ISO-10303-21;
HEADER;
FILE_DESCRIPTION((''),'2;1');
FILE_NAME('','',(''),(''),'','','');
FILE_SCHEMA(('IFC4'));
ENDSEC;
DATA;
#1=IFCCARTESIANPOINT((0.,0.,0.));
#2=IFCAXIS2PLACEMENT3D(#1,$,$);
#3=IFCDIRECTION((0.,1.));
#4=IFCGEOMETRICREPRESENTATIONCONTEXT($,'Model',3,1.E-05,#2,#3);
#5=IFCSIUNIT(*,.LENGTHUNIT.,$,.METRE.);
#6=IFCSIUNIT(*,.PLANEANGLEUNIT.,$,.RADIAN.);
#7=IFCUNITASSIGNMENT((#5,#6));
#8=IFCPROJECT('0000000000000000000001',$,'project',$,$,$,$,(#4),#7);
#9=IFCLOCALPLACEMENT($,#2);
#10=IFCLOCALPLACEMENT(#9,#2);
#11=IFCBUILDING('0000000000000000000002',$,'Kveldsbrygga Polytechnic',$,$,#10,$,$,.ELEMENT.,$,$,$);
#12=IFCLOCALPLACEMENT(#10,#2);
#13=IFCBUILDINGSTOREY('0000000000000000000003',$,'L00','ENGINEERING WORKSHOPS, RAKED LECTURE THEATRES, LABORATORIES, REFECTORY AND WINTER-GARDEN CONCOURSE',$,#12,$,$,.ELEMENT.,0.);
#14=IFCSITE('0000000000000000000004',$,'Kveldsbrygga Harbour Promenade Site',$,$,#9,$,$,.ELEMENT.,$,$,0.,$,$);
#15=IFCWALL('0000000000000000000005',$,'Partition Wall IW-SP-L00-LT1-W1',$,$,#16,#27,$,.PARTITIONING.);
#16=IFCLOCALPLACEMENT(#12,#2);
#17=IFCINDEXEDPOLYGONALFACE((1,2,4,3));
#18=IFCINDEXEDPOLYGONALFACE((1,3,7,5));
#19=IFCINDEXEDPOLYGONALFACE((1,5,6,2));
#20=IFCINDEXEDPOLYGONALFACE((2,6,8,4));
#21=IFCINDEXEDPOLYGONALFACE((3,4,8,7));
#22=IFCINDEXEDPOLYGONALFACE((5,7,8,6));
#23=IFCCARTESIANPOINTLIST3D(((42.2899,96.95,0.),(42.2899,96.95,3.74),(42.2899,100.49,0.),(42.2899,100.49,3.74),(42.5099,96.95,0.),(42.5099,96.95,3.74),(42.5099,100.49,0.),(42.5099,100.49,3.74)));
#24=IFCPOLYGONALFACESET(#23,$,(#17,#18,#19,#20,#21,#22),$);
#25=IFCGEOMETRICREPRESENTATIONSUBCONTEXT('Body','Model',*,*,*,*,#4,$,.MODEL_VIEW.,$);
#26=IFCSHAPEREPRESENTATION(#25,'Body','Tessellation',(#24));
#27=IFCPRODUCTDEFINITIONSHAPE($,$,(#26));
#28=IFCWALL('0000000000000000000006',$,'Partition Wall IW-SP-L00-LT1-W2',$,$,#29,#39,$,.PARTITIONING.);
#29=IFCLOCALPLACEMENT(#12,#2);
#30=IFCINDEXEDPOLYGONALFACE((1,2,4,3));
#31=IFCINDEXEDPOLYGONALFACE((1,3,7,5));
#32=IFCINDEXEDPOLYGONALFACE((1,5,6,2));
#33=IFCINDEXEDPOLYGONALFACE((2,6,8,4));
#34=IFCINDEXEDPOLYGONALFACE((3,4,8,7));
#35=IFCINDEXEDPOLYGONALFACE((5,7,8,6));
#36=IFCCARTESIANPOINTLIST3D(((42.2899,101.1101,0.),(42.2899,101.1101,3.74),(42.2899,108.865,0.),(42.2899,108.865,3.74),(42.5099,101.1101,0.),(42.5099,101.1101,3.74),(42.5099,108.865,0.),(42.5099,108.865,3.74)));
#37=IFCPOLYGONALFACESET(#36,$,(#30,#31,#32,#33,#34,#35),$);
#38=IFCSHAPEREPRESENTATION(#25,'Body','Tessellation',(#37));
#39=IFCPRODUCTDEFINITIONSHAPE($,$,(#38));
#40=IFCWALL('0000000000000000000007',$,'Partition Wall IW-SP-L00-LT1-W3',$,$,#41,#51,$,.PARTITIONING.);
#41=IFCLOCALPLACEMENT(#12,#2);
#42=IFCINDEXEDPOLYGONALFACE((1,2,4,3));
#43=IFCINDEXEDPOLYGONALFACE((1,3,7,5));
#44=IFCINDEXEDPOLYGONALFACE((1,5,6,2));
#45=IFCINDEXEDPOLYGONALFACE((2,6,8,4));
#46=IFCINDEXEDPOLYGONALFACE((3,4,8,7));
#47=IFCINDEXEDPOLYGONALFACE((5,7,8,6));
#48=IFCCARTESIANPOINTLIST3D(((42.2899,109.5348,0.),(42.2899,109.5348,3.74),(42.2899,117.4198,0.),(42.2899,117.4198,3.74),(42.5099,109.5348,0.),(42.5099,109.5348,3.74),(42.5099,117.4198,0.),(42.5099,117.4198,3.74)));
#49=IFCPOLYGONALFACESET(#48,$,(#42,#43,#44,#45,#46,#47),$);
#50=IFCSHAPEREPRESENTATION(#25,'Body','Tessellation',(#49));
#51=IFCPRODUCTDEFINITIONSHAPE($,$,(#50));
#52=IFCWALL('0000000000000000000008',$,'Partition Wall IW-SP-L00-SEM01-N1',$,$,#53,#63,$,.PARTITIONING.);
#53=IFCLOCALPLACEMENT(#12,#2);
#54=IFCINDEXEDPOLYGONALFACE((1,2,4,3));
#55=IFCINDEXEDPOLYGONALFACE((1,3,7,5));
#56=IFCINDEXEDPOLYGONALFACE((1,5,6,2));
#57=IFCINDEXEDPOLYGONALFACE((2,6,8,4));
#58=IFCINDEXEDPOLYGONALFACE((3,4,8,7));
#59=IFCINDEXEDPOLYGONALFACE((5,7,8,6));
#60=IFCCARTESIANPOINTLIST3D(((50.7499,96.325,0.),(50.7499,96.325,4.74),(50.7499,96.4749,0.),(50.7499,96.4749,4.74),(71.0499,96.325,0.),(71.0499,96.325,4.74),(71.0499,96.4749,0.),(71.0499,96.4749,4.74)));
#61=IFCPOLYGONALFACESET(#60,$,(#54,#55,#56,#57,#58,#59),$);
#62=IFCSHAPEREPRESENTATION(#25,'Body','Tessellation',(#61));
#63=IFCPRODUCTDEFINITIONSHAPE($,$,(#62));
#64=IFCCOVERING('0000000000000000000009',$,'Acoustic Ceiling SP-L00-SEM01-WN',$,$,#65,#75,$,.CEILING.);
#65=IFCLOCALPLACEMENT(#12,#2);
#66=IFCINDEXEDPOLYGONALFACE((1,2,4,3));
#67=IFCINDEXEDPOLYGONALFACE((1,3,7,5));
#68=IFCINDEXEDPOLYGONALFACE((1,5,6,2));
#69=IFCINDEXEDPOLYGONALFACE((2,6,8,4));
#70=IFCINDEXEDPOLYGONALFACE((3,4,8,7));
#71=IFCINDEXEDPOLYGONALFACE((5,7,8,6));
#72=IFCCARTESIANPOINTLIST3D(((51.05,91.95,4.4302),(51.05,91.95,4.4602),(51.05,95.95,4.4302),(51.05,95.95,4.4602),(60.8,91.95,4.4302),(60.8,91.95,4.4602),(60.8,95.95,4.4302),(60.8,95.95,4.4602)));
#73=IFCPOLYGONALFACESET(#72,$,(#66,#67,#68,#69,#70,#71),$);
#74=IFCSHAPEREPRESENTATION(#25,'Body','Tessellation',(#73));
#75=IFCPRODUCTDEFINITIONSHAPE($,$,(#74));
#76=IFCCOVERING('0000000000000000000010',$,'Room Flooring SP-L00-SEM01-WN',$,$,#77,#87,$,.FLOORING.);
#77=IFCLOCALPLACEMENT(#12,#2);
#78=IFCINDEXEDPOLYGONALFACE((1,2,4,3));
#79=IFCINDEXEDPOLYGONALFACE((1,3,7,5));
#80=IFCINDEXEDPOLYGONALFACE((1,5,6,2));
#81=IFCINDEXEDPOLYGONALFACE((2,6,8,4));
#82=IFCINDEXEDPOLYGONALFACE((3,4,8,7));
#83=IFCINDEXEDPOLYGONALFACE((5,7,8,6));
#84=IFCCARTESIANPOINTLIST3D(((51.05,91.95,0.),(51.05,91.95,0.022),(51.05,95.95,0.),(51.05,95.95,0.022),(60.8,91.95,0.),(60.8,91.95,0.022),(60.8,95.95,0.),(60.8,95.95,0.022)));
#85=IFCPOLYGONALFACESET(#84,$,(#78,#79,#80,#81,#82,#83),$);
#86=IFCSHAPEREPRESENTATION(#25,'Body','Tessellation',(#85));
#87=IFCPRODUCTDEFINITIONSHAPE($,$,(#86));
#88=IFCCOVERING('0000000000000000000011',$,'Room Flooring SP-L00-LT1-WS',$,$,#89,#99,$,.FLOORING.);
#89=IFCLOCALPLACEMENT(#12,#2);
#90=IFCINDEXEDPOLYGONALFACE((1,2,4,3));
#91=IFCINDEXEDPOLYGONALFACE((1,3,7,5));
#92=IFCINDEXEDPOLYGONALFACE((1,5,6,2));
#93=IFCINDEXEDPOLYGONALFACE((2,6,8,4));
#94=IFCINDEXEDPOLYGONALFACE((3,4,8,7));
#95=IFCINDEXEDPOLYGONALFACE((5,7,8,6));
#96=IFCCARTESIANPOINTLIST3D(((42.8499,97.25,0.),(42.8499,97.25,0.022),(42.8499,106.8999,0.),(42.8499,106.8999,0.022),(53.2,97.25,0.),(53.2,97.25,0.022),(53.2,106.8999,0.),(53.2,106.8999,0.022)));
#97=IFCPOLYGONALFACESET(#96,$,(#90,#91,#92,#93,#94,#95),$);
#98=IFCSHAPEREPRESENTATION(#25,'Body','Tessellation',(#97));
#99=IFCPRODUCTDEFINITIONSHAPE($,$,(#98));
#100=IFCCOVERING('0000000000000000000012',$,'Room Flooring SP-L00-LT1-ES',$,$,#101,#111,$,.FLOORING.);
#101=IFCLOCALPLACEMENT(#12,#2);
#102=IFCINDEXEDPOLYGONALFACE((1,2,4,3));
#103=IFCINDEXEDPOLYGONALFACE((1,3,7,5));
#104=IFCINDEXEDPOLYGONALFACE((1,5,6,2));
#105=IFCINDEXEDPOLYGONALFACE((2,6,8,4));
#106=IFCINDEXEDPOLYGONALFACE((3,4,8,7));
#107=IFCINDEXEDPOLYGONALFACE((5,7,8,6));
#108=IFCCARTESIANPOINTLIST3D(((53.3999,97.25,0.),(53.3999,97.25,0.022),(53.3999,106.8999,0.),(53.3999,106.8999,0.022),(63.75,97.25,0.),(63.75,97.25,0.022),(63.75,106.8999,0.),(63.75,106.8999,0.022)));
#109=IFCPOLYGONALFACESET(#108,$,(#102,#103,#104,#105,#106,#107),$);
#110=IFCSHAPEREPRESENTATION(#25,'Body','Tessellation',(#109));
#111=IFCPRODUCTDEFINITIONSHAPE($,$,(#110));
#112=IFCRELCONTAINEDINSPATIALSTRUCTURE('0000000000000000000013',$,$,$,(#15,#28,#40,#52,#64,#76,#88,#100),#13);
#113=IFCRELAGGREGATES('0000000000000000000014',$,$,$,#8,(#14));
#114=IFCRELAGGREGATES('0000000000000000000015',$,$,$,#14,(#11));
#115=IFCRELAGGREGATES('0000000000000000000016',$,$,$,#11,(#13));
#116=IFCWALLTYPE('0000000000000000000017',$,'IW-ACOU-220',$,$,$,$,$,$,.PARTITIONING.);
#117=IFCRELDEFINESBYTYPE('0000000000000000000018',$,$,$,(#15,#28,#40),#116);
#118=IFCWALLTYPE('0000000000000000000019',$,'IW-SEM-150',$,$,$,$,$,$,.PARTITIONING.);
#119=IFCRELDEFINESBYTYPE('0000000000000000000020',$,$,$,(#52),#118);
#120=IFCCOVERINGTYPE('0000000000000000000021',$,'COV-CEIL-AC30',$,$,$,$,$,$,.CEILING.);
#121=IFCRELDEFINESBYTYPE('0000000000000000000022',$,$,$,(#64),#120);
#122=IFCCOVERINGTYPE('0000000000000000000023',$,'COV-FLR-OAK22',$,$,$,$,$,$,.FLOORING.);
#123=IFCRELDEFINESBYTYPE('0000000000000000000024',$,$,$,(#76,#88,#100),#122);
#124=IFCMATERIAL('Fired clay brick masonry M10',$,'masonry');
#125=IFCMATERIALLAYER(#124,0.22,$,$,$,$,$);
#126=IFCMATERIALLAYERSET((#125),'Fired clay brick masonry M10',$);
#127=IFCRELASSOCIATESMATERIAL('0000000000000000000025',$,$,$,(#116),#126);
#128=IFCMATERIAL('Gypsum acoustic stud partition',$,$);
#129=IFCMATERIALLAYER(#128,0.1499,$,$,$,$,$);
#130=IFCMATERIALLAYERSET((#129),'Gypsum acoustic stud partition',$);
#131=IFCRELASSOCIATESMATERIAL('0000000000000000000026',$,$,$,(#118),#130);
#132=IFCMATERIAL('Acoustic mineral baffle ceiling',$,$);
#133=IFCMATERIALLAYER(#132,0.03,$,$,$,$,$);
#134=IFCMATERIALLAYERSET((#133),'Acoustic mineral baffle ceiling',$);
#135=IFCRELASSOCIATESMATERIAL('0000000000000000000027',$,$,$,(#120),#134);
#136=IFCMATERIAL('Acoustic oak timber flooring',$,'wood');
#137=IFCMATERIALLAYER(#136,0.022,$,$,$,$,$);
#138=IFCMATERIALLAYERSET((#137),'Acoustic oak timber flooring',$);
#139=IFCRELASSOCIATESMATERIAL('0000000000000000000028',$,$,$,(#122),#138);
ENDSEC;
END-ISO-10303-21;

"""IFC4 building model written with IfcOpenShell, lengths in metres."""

from ifc_helpers import new_model, si_unit, direction, frame, frame_2d, origin, origin_2d, place, context, subcontext, project, spatial, rectangle, extrude, material, layer, layer_set, type_object, element, save


model = new_model("IFC4")

# Units and contexts
model_context = context("Model", 3, precision=1e-05, world=origin(), true_north=direction((0.0, 1.0)))
body_context = subcontext(model_context, "Body", "Model", "MODEL_VIEW")
ifc_project = project(units=[si_unit("LENGTHUNIT", "METRE"), si_unit("PLANEANGLEUNIT", "RADIAN")], contexts=[model_context])

# Site, building, storey
site_placement = place(None, origin())
site = spatial("IfcSite", under=ifc_project, at=site_placement, Name="Kveldsbrygga Harbour Promenade Site", CompositionType="ELEMENT", RefElevation=0.0)
building_placement = place(site_placement, origin())
building = spatial("IfcBuilding", under=site, at=building_placement, Name="Kveldsbrygga Polytechnic", CompositionType="ELEMENT")
storey_placement = place(building_placement, origin())
storey = spatial("IfcBuildingStorey", under=building, at=storey_placement, Name="L00", Description="ENGINEERING WORKSHOPS, RAKED LECTURE THEATRES, LABORATORIES, REFECTORY AND WINTER-GARDEN CONCOURSE", CompositionType="ELEMENT", Elevation=0.0)

# Walls
ifc_material_1 = material(Name="Fired clay brick masonry M10", Category="masonry")
ifc_layer_1 = layer(ifc_material_1, 0.22)
ifc_layer_set_1 = layer_set([ifc_layer_1], Name="Fired clay brick masonry M10")
wall_type_1 = type_object("IfcWallType", Name="IW-ACOU-220", PredefinedType="PARTITIONING", material=ifc_layer_set_1)
wall_1_placement = place(storey_placement, frame((42.3999, 96.95, 0.0), z_axis=(0.0, 0.0, 1.0), x_axis=(0.0, 1.0, 0.0)))
element("IfcWall", 1, at=wall_1_placement, inside=storey, type_object=wall_type_1, Name="Partition Wall IW-SP-L00-LT1-W1", PredefinedType="PARTITIONING", context=body_context, shape_type="SweptSolid", body=[
    extrude(rectangle(XDim=3.54, YDim=0.22, at=frame_2d((1.77, 0.0))), origin(), (0.0, 0.0, 1.0), 3.74),
])
wall_2_placement = place(storey_placement, frame((42.3999, 101.1101, 0.0), z_axis=(0.0, 0.0, 1.0), x_axis=(0.0, 1.0, 0.0)))
element("IfcWall", 2, at=wall_2_placement, inside=storey, type_object=wall_type_1, Name="Partition Wall IW-SP-L00-LT1-W2", PredefinedType="PARTITIONING", context=body_context, shape_type="SweptSolid", body=[
    extrude(rectangle(XDim=7.7549, YDim=0.22, at=frame_2d((3.8774, 0.0))), origin(), (0.0, 0.0, 1.0), 3.74),
])
wall_3_placement = place(storey_placement, frame((42.3999, 109.5349, 0.0), z_axis=(0.0, 0.0, 1.0), x_axis=(0.0, 1.0, 0.0)))
element("IfcWall", 3, at=wall_3_placement, inside=storey, type_object=wall_type_1, Name="Partition Wall IW-SP-L00-LT1-W3", PredefinedType="PARTITIONING", context=body_context, shape_type="SweptSolid", body=[
    extrude(rectangle(XDim=7.885, YDim=0.22, at=frame_2d((3.9424, 0.0))), origin(), (0.0, 0.0, 1.0), 3.74),
])
ifc_material_2 = material(Name="Gypsum acoustic stud partition")
ifc_layer_2 = layer(ifc_material_2, 0.1499)
ifc_layer_set_2 = layer_set([ifc_layer_2], Name="Gypsum acoustic stud partition")
wall_type_2 = type_object("IfcWallType", Name="IW-SEM-150", PredefinedType="PARTITIONING", material=ifc_layer_set_2)
wall_4_placement = place(storey_placement, frame((50.75, 96.3999, 0.0), z_axis=(0.0, 0.0, 1.0), x_axis=(1.0, 0.0, 0.0)))
element("IfcWall", 4, at=wall_4_placement, inside=storey, type_object=wall_type_2, Name="Partition Wall IW-SP-L00-SEM01-N1", PredefinedType="PARTITIONING", context=body_context, shape_type="SweptSolid", body=[
    extrude(rectangle(XDim=20.3, YDim=0.1499, at=frame_2d((10.1499, 0.0))), origin(), (0.0, 0.0, 1.0), 4.74),
])

# Coverings
ifc_material_3 = material(Name="Acoustic mineral baffle ceiling")
ifc_layer_3 = layer(ifc_material_3, 0.03)
ifc_layer_set_3 = layer_set([ifc_layer_3], Name="Acoustic mineral baffle ceiling")
covering_type_1 = type_object("IfcCoveringType", Name="COV-CEIL-AC30", PredefinedType="CEILING", material=ifc_layer_set_3)
covering_1_placement = place(storey_placement, frame((55.925, 93.95, 4.4302), z_axis=(0.0, 0.0, 1.0), x_axis=(1.0, 0.0, 0.0)))
element("IfcCovering", 5, at=covering_1_placement, inside=storey, type_object=covering_type_1, Name="Acoustic Ceiling SP-L00-SEM01-WN", PredefinedType="CEILING", context=body_context, shape_type="SweptSolid", body=[
    extrude(rectangle(XDim=9.75, YDim=4.0, at=origin_2d()), origin(), (0.0, 0.0, 1.0), 0.03),
])
ifc_material_4 = material(Name="Acoustic oak timber flooring", Category="wood")
ifc_layer_4 = layer(ifc_material_4, 0.022)
ifc_layer_set_4 = layer_set([ifc_layer_4], Name="Acoustic oak timber flooring")
covering_type_2 = type_object("IfcCoveringType", Name="COV-FLR-OAK22", PredefinedType="FLOORING", material=ifc_layer_set_4)
covering_2_placement = place(storey_placement, frame((55.925, 93.95, 0.0), z_axis=(0.0, 0.0, 1.0), x_axis=(1.0, 0.0, 0.0)))
element("IfcCovering", 6, at=covering_2_placement, inside=storey, type_object=covering_type_2, Name="Room Flooring SP-L00-SEM01-WN", PredefinedType="FLOORING", context=body_context, shape_type="SweptSolid", body=[
    extrude(rectangle(XDim=9.75, YDim=4.0, at=origin_2d()), origin(), (0.0, 0.0, 1.0), 0.022),
])
for number, where, z_axis, x_axis, name in (
    (7, (48.0249, 102.075, 0.0), (0.0, 0.0, 1.0), (1.0, 0.0, 0.0), "Room Flooring SP-L00-LT1-WS"),
    (8, (58.575, 102.075, 0.0), (0.0, 0.0, 1.0), (1.0, 0.0, 0.0), "Room Flooring SP-L00-LT1-ES"),
):
    element("IfcCovering", number, at=place(storey_placement, frame(where, z_axis=z_axis, x_axis=x_axis)), inside=storey, type_object=covering_type_2, Name=name, PredefinedType="FLOORING", context=body_context, shape_type="SweptSolid", body=[
        extrude(rectangle(XDim=10.3501, YDim=9.6499, at=origin_2d()), origin(), (0.0, 0.0, 1.0), 0.022),
    ])

save(model, "model.ifc")
